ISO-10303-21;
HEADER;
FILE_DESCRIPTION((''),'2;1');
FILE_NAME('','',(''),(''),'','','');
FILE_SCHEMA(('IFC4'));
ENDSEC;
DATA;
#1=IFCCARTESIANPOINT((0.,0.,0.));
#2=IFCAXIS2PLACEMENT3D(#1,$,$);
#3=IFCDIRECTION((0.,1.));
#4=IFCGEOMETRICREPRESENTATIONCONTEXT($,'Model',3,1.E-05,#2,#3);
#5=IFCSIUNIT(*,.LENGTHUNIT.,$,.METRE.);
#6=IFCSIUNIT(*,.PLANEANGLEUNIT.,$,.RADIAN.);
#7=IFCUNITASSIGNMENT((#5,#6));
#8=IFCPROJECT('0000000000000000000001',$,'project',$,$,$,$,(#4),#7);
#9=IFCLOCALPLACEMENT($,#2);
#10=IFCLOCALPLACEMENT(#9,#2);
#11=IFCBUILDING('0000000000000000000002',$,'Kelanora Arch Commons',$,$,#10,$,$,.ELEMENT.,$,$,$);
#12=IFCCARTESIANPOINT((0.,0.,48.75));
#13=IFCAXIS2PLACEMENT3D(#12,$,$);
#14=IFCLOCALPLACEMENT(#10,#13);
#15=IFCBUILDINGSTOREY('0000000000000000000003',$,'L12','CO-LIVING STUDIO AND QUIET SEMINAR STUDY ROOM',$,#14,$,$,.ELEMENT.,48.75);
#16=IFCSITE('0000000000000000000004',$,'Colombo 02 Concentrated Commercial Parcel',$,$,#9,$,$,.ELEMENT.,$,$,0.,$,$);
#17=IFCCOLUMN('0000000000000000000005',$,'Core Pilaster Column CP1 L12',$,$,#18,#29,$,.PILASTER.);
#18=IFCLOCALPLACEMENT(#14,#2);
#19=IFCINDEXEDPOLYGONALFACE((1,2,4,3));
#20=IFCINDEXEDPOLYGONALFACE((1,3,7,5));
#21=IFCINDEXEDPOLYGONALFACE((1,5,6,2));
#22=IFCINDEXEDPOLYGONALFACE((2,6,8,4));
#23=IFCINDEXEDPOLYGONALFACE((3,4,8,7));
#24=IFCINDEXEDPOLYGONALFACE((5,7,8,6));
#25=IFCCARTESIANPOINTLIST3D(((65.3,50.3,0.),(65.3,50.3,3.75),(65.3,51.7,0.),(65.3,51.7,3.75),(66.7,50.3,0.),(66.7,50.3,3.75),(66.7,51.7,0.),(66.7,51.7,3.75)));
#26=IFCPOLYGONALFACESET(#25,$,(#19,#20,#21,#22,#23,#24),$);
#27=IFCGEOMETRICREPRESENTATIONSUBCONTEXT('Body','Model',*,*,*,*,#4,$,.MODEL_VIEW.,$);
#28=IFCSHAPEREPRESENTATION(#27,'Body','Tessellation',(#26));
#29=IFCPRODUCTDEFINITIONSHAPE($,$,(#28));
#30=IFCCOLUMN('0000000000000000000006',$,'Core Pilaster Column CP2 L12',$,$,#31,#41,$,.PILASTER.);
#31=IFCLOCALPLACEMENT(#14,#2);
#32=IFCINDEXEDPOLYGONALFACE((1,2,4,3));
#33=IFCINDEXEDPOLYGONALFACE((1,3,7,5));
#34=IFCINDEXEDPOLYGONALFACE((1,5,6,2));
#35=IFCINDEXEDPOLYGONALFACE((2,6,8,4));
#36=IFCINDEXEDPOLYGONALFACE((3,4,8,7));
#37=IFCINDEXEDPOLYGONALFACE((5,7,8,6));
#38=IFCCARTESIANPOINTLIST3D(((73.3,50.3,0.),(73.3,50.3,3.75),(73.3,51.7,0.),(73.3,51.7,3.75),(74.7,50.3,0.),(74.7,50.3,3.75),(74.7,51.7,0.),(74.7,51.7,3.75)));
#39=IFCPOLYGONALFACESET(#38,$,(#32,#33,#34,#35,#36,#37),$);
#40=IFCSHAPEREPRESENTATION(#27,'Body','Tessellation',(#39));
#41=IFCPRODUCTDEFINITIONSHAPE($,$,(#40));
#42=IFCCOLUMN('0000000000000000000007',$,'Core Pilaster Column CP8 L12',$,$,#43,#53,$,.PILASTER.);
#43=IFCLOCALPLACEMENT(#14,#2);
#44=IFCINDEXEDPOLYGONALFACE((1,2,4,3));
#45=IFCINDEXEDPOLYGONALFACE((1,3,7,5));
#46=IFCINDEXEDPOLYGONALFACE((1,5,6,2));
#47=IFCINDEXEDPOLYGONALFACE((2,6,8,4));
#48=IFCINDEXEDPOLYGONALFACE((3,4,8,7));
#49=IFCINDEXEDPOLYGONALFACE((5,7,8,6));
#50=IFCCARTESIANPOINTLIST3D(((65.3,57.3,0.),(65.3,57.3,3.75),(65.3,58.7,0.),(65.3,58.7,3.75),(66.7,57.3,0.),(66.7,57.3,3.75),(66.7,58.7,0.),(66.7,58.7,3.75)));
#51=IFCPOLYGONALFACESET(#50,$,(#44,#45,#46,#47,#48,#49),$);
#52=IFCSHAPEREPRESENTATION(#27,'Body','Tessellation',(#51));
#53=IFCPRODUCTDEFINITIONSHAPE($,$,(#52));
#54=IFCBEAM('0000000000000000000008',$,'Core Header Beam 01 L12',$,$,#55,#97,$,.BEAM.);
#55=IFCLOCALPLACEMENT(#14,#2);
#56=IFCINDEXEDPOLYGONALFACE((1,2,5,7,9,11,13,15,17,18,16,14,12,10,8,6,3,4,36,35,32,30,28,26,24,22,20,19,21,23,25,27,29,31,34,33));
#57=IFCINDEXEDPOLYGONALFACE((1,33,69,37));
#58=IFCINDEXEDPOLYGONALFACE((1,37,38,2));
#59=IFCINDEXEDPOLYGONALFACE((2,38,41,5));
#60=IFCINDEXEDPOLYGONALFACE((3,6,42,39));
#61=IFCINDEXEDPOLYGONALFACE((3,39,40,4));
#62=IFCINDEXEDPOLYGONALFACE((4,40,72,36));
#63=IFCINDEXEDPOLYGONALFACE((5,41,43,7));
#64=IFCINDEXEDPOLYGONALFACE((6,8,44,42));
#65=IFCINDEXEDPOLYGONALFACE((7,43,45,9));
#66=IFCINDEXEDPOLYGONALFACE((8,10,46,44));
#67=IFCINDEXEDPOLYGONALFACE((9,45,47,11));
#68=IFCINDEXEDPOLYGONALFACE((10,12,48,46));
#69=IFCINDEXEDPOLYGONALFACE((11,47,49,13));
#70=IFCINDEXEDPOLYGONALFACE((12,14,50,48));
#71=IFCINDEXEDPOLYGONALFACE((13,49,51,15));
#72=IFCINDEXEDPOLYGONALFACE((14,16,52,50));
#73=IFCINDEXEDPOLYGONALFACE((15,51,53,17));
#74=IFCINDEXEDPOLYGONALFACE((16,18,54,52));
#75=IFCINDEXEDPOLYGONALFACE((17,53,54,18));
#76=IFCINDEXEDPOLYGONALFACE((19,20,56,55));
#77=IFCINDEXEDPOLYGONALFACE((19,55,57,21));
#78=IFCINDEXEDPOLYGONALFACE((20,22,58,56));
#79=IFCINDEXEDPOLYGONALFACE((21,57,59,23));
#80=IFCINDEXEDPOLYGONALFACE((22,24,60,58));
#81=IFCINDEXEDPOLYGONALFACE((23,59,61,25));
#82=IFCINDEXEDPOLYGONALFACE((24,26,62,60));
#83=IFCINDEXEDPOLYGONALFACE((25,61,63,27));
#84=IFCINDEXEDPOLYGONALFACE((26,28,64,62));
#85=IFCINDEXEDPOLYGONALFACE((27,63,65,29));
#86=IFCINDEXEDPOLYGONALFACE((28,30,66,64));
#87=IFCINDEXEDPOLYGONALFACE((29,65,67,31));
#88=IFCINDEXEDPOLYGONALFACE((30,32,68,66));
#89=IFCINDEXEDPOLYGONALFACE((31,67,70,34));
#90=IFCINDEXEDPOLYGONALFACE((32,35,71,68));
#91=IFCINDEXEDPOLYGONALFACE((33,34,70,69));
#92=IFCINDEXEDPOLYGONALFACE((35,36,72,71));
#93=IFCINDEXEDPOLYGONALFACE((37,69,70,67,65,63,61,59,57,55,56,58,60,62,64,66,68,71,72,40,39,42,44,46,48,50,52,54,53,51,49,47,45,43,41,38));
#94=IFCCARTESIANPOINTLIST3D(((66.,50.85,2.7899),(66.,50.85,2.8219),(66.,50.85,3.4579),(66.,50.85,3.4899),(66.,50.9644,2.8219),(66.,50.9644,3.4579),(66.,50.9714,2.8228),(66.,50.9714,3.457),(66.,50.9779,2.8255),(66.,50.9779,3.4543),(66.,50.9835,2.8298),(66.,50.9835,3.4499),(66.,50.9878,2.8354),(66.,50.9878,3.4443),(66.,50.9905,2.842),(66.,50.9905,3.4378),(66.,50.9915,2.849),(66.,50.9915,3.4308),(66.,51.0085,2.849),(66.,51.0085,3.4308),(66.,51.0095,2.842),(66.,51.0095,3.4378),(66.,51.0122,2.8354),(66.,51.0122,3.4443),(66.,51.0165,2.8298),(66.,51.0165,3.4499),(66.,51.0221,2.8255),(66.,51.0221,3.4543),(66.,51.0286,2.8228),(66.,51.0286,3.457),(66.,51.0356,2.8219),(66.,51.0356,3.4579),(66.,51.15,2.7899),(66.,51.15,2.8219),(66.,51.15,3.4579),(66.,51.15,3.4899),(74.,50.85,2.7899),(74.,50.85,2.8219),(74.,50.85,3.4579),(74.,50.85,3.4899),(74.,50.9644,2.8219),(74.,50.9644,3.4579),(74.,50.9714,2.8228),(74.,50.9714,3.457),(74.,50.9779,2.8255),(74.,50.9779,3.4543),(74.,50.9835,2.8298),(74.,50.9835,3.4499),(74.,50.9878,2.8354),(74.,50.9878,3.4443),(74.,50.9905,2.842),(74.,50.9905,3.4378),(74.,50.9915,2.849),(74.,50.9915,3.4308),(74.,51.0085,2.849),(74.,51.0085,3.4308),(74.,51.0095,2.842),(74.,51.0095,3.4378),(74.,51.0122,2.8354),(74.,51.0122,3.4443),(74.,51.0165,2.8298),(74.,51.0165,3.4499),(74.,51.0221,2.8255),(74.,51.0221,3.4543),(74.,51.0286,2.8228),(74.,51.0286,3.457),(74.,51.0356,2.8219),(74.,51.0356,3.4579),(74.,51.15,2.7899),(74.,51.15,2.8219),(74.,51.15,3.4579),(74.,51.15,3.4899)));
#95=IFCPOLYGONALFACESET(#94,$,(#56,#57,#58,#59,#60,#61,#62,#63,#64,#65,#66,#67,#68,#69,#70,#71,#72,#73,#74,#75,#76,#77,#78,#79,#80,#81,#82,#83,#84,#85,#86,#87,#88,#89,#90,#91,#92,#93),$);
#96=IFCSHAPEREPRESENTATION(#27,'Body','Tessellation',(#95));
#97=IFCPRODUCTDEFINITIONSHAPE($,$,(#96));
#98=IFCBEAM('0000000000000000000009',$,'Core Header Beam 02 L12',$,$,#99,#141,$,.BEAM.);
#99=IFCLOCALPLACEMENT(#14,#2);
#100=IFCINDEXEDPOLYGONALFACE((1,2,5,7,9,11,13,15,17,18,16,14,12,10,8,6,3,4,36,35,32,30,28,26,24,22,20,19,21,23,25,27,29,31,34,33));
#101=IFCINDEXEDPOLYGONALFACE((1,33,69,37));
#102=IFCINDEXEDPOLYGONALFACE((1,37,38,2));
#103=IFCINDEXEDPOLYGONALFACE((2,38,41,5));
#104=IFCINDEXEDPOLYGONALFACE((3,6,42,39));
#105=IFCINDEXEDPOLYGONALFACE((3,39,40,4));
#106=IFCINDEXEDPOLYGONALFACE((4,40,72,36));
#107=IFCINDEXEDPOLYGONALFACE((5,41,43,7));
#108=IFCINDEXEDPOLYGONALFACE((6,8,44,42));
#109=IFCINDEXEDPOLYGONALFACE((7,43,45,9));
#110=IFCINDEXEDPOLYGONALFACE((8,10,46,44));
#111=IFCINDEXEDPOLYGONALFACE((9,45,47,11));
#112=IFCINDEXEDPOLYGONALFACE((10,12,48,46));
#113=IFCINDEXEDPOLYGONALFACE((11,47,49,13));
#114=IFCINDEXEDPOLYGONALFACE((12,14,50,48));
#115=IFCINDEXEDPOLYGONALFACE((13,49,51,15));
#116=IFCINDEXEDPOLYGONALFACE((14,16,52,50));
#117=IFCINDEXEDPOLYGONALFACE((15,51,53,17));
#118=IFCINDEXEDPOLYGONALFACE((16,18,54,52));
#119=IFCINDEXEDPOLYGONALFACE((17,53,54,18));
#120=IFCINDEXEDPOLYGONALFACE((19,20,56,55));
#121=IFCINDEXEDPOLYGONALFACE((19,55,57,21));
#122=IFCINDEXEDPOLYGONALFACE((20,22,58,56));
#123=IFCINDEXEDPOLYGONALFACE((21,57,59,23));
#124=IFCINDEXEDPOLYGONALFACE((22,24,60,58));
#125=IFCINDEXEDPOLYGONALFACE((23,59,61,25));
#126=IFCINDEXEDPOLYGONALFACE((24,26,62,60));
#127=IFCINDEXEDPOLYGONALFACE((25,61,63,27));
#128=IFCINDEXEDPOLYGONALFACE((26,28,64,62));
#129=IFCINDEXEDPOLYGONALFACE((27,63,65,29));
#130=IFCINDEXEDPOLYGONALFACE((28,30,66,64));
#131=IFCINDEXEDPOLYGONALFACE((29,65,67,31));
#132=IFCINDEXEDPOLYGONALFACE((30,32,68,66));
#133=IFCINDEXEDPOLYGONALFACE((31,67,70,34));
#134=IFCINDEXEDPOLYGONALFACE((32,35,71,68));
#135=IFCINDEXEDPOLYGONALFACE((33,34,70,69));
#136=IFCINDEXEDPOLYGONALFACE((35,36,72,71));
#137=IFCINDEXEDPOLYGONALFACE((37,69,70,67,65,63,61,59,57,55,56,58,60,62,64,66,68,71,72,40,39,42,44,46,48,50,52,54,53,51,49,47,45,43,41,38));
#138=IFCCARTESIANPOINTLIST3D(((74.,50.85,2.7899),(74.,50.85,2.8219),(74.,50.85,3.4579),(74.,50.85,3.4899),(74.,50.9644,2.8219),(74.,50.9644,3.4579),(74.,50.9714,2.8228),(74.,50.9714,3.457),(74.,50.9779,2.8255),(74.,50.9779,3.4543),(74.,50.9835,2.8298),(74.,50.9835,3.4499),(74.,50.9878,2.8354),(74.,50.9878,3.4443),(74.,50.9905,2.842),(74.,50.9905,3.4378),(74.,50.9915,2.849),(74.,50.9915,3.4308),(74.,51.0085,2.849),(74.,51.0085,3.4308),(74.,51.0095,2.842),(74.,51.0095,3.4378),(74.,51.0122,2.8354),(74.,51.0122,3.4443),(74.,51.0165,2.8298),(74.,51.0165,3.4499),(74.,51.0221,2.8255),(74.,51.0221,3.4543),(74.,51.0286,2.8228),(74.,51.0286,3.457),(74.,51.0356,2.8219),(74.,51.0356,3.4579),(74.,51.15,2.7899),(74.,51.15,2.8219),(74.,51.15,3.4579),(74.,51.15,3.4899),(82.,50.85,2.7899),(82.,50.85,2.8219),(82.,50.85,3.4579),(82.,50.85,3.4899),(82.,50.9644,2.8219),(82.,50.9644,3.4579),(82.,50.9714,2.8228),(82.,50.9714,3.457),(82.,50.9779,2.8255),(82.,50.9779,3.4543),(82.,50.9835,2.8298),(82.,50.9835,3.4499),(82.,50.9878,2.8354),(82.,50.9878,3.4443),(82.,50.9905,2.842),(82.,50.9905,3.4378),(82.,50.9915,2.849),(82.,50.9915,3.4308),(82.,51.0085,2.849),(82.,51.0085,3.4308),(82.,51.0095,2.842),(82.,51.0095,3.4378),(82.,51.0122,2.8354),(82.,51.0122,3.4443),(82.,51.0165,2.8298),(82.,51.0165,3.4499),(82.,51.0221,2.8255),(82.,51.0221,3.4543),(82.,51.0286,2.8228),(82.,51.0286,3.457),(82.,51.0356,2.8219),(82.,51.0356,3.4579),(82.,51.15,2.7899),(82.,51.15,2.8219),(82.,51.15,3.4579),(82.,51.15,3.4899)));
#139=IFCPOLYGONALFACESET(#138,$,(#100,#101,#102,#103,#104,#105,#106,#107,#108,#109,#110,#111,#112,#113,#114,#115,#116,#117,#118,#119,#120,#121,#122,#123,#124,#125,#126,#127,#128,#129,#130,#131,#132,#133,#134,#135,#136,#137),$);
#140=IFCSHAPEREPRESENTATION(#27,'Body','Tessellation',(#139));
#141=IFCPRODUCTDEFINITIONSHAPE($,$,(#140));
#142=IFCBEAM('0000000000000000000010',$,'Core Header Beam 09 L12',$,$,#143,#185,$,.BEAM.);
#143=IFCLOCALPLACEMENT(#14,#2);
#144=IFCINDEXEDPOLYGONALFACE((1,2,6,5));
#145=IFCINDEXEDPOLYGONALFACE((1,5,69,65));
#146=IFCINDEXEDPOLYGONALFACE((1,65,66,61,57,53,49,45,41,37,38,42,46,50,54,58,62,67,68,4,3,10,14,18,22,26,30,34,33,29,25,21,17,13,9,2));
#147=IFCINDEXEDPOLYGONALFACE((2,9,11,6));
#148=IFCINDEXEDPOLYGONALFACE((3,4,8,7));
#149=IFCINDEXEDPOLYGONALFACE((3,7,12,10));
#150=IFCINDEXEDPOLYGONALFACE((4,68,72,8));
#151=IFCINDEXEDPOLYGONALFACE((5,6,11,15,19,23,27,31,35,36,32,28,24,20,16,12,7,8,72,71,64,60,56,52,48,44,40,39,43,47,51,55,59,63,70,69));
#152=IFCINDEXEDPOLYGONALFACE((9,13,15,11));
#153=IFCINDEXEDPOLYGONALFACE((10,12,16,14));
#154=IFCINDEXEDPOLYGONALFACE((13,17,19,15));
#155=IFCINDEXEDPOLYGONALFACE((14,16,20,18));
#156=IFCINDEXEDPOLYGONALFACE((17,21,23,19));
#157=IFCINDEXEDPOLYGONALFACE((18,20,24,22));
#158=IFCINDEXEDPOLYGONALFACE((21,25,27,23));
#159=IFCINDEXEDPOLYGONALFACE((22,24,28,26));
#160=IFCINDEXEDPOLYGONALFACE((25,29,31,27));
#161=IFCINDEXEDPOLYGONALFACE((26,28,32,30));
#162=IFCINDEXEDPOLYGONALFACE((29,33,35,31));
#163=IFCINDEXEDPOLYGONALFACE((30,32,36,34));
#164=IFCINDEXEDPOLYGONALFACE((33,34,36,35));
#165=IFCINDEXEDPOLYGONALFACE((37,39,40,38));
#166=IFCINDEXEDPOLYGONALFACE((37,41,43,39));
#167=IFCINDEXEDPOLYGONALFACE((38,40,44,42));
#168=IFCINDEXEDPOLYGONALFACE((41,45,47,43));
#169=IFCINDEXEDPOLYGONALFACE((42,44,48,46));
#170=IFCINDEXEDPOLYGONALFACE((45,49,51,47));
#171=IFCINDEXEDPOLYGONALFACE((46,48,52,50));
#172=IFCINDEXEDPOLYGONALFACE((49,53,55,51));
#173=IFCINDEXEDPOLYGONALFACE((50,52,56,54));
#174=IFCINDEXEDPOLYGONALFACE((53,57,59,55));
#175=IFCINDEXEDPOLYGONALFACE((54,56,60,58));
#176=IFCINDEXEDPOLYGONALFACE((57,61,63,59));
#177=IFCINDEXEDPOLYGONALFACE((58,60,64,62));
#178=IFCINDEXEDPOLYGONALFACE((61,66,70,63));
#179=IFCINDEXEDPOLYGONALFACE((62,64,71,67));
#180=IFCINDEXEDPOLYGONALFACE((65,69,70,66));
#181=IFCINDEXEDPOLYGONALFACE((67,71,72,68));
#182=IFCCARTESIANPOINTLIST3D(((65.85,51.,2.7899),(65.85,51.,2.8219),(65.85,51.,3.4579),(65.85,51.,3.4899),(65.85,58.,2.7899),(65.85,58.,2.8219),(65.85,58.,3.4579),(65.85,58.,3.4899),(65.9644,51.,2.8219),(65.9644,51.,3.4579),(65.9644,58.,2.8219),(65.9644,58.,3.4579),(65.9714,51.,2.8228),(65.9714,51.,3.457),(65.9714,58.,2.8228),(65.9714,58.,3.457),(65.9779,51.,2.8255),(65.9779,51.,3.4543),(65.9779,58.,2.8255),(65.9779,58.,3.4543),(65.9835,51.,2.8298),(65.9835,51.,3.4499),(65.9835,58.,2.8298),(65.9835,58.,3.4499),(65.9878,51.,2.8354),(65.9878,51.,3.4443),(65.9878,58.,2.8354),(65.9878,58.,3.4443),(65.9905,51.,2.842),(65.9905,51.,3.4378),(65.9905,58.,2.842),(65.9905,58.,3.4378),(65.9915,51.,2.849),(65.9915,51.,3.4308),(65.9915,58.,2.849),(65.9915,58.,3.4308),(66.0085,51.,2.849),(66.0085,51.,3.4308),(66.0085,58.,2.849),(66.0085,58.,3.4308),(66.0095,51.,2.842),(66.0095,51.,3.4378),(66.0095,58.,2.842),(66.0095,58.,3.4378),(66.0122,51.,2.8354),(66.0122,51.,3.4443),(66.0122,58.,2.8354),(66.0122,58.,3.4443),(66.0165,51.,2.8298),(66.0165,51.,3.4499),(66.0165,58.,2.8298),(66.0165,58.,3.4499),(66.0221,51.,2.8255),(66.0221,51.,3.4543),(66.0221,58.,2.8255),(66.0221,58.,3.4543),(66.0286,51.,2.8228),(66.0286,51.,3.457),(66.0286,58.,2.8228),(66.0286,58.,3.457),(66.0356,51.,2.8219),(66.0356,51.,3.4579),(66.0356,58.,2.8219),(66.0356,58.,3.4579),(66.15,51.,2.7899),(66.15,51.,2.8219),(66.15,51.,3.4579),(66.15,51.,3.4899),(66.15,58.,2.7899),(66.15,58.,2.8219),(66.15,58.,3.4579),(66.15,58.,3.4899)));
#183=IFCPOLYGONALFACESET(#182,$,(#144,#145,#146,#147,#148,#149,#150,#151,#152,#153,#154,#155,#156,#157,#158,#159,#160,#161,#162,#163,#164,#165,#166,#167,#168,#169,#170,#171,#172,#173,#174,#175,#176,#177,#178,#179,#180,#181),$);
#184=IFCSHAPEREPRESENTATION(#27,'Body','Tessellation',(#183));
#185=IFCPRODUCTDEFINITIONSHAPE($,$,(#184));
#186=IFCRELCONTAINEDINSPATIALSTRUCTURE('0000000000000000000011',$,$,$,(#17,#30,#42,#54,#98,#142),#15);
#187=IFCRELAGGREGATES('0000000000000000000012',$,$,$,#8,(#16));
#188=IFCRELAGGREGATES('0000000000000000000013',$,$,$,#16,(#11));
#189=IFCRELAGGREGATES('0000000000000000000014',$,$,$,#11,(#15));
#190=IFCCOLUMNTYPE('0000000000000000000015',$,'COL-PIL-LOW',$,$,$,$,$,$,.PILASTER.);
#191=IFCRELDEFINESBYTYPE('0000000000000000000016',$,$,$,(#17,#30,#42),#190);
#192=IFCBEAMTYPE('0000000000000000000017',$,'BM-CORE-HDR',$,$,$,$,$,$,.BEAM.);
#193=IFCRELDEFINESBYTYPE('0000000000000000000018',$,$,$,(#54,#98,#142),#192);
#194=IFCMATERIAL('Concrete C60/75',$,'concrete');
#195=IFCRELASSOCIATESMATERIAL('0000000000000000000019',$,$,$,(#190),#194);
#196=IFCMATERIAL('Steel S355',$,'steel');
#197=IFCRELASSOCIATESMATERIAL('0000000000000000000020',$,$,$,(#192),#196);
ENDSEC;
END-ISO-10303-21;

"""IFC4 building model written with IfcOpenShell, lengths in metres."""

from ifc_helpers import new_model, si_unit, direction, frame, origin, origin_2d, place, context, subcontext, project, spatial, rectangle, i_section, extrude, material, material_profile, profile_set, type_object, element, save


model = new_model("IFC4")

# Units and contexts
model_context = context("Model", 3, precision=1e-05, world=origin(), true_north=direction((0.0, 1.0)))
body_context = subcontext(model_context, "Body", "Model", "MODEL_VIEW")
ifc_project = project(units=[si_unit("LENGTHUNIT", "METRE"), si_unit("PLANEANGLEUNIT", "RADIAN")], contexts=[model_context])

# Site, building, storey
site_placement = place(None, origin())
site = spatial("IfcSite", under=ifc_project, at=site_placement, Name="Colombo 02 Concentrated Commercial Parcel", CompositionType="ELEMENT", RefElevation=0.0)
building_placement = place(site_placement, origin())
building = spatial("IfcBuilding", under=site, at=building_placement, Name="Kelanora Arch Commons", CompositionType="ELEMENT")
storey_placement = place(building_placement, frame((0.0, 0.0, 48.75)))
storey = spatial("IfcBuildingStorey", under=building, at=storey_placement, Name="L12", Description="CO-LIVING STUDIO AND QUIET SEMINAR STUDY ROOM", CompositionType="ELEMENT", Elevation=48.75)

# Columns
ifc_material_1 = material(Name="Concrete C60/75", Category="concrete")
ifc_material_profile_1 = material_profile(ifc_material_1, rectangle(XDim=1.3999, YDim=1.3999, at=origin_2d()), Name="RC1400x1400")
ifc_profile_set_1 = profile_set([ifc_material_profile_1], Name="Concrete C60/75")
column_type = type_object("IfcColumnType", Name="COL-PIL-LOW", PredefinedType="PILASTER", material=ifc_profile_set_1)
for number, where, z_axis, x_axis, name in (
    (1, (66.0, 51.0, 0.0), (0.0, 0.0, 1.0), (1.0, 0.0, 0.0), "Core Pilaster Column CP1 L12"),
    (2, (74.0, 51.0, 0.0), (0.0, 0.0, 1.0), (1.0, 0.0, 0.0), "Core Pilaster Column CP2 L12"),
    (3, (66.0, 58.0, 0.0), (0.0, 0.0, 1.0), (1.0, 0.0, 0.0), "Core Pilaster Column CP8 L12"),
):
    element("IfcColumn", number, at=place(storey_placement, frame(where, z_axis=z_axis, x_axis=x_axis)), inside=storey, type_object=column_type, Name=name, PredefinedType="PILASTER", context=body_context, shape_type="SweptSolid", body=[
        extrude(rectangle(XDim=1.3999, YDim=1.3999, at=origin_2d()), origin(), (0.0, 0.0, 1.0), 3.75),
    ])

# Beams
ifc_material_2 = material(Name="Steel S355", Category="steel")
ifc_material_profile_2 = material_profile(ifc_material_2, i_section(OverallWidth=0.3, OverallDepth=0.7, WebThickness=0.0171, FlangeThickness=0.032, FilletRadius=0.0271, at=origin_2d()), Name="HEB700")
ifc_profile_set_2 = profile_set([ifc_material_profile_2], Name="Steel S355")
beam_type_1 = type_object("IfcBeamType", Name="BM-CORE-HDR", PredefinedType="BEAM", material=ifc_profile_set_2)
for number, where, z_axis, x_axis, name in (
    (4, (66.0, 51.0, 3.1399), (1.0, 0.0, 0.0), (0.0, 1.0, 0.0), "Core Header Beam 01 L12"),
    (5, (74.0, 51.0, 3.1399), (1.0, 0.0, 0.0), (0.0, 1.0, 0.0), "Core Header Beam 02 L12"),
):
    element("IfcBeam", number, at=place(storey_placement, frame(where, z_axis=z_axis, x_axis=x_axis)), inside=storey, type_object=beam_type_1, Name=name, PredefinedType="BEAM", context=body_context, shape_type="SweptSolid", body=[
        extrude(i_section(OverallWidth=0.3, OverallDepth=0.7, WebThickness=0.0171, FlangeThickness=0.032, FilletRadius=0.0271, at=origin_2d()), origin(), (0.0, 0.0, 1.0), 8.0),
    ])
beam_1_placement = place(storey_placement, frame((66.0, 58.0, 3.1399), z_axis=(0.0, -1.0, 0.0), x_axis=(1.0, 0.0, 0.0)))
element("IfcBeam", 6, at=beam_1_placement, inside=storey, type_object=beam_type_1, Name="Core Header Beam 09 L12", PredefinedType="BEAM", context=body_context, shape_type="SweptSolid", body=[
    extrude(i_section(OverallWidth=0.3, OverallDepth=0.7, WebThickness=0.0171, FlangeThickness=0.032, FilletRadius=0.0271, at=origin_2d()), origin(), (0.0, 0.0, 1.0), 7.0),
])

save(model, "model.ifc")
